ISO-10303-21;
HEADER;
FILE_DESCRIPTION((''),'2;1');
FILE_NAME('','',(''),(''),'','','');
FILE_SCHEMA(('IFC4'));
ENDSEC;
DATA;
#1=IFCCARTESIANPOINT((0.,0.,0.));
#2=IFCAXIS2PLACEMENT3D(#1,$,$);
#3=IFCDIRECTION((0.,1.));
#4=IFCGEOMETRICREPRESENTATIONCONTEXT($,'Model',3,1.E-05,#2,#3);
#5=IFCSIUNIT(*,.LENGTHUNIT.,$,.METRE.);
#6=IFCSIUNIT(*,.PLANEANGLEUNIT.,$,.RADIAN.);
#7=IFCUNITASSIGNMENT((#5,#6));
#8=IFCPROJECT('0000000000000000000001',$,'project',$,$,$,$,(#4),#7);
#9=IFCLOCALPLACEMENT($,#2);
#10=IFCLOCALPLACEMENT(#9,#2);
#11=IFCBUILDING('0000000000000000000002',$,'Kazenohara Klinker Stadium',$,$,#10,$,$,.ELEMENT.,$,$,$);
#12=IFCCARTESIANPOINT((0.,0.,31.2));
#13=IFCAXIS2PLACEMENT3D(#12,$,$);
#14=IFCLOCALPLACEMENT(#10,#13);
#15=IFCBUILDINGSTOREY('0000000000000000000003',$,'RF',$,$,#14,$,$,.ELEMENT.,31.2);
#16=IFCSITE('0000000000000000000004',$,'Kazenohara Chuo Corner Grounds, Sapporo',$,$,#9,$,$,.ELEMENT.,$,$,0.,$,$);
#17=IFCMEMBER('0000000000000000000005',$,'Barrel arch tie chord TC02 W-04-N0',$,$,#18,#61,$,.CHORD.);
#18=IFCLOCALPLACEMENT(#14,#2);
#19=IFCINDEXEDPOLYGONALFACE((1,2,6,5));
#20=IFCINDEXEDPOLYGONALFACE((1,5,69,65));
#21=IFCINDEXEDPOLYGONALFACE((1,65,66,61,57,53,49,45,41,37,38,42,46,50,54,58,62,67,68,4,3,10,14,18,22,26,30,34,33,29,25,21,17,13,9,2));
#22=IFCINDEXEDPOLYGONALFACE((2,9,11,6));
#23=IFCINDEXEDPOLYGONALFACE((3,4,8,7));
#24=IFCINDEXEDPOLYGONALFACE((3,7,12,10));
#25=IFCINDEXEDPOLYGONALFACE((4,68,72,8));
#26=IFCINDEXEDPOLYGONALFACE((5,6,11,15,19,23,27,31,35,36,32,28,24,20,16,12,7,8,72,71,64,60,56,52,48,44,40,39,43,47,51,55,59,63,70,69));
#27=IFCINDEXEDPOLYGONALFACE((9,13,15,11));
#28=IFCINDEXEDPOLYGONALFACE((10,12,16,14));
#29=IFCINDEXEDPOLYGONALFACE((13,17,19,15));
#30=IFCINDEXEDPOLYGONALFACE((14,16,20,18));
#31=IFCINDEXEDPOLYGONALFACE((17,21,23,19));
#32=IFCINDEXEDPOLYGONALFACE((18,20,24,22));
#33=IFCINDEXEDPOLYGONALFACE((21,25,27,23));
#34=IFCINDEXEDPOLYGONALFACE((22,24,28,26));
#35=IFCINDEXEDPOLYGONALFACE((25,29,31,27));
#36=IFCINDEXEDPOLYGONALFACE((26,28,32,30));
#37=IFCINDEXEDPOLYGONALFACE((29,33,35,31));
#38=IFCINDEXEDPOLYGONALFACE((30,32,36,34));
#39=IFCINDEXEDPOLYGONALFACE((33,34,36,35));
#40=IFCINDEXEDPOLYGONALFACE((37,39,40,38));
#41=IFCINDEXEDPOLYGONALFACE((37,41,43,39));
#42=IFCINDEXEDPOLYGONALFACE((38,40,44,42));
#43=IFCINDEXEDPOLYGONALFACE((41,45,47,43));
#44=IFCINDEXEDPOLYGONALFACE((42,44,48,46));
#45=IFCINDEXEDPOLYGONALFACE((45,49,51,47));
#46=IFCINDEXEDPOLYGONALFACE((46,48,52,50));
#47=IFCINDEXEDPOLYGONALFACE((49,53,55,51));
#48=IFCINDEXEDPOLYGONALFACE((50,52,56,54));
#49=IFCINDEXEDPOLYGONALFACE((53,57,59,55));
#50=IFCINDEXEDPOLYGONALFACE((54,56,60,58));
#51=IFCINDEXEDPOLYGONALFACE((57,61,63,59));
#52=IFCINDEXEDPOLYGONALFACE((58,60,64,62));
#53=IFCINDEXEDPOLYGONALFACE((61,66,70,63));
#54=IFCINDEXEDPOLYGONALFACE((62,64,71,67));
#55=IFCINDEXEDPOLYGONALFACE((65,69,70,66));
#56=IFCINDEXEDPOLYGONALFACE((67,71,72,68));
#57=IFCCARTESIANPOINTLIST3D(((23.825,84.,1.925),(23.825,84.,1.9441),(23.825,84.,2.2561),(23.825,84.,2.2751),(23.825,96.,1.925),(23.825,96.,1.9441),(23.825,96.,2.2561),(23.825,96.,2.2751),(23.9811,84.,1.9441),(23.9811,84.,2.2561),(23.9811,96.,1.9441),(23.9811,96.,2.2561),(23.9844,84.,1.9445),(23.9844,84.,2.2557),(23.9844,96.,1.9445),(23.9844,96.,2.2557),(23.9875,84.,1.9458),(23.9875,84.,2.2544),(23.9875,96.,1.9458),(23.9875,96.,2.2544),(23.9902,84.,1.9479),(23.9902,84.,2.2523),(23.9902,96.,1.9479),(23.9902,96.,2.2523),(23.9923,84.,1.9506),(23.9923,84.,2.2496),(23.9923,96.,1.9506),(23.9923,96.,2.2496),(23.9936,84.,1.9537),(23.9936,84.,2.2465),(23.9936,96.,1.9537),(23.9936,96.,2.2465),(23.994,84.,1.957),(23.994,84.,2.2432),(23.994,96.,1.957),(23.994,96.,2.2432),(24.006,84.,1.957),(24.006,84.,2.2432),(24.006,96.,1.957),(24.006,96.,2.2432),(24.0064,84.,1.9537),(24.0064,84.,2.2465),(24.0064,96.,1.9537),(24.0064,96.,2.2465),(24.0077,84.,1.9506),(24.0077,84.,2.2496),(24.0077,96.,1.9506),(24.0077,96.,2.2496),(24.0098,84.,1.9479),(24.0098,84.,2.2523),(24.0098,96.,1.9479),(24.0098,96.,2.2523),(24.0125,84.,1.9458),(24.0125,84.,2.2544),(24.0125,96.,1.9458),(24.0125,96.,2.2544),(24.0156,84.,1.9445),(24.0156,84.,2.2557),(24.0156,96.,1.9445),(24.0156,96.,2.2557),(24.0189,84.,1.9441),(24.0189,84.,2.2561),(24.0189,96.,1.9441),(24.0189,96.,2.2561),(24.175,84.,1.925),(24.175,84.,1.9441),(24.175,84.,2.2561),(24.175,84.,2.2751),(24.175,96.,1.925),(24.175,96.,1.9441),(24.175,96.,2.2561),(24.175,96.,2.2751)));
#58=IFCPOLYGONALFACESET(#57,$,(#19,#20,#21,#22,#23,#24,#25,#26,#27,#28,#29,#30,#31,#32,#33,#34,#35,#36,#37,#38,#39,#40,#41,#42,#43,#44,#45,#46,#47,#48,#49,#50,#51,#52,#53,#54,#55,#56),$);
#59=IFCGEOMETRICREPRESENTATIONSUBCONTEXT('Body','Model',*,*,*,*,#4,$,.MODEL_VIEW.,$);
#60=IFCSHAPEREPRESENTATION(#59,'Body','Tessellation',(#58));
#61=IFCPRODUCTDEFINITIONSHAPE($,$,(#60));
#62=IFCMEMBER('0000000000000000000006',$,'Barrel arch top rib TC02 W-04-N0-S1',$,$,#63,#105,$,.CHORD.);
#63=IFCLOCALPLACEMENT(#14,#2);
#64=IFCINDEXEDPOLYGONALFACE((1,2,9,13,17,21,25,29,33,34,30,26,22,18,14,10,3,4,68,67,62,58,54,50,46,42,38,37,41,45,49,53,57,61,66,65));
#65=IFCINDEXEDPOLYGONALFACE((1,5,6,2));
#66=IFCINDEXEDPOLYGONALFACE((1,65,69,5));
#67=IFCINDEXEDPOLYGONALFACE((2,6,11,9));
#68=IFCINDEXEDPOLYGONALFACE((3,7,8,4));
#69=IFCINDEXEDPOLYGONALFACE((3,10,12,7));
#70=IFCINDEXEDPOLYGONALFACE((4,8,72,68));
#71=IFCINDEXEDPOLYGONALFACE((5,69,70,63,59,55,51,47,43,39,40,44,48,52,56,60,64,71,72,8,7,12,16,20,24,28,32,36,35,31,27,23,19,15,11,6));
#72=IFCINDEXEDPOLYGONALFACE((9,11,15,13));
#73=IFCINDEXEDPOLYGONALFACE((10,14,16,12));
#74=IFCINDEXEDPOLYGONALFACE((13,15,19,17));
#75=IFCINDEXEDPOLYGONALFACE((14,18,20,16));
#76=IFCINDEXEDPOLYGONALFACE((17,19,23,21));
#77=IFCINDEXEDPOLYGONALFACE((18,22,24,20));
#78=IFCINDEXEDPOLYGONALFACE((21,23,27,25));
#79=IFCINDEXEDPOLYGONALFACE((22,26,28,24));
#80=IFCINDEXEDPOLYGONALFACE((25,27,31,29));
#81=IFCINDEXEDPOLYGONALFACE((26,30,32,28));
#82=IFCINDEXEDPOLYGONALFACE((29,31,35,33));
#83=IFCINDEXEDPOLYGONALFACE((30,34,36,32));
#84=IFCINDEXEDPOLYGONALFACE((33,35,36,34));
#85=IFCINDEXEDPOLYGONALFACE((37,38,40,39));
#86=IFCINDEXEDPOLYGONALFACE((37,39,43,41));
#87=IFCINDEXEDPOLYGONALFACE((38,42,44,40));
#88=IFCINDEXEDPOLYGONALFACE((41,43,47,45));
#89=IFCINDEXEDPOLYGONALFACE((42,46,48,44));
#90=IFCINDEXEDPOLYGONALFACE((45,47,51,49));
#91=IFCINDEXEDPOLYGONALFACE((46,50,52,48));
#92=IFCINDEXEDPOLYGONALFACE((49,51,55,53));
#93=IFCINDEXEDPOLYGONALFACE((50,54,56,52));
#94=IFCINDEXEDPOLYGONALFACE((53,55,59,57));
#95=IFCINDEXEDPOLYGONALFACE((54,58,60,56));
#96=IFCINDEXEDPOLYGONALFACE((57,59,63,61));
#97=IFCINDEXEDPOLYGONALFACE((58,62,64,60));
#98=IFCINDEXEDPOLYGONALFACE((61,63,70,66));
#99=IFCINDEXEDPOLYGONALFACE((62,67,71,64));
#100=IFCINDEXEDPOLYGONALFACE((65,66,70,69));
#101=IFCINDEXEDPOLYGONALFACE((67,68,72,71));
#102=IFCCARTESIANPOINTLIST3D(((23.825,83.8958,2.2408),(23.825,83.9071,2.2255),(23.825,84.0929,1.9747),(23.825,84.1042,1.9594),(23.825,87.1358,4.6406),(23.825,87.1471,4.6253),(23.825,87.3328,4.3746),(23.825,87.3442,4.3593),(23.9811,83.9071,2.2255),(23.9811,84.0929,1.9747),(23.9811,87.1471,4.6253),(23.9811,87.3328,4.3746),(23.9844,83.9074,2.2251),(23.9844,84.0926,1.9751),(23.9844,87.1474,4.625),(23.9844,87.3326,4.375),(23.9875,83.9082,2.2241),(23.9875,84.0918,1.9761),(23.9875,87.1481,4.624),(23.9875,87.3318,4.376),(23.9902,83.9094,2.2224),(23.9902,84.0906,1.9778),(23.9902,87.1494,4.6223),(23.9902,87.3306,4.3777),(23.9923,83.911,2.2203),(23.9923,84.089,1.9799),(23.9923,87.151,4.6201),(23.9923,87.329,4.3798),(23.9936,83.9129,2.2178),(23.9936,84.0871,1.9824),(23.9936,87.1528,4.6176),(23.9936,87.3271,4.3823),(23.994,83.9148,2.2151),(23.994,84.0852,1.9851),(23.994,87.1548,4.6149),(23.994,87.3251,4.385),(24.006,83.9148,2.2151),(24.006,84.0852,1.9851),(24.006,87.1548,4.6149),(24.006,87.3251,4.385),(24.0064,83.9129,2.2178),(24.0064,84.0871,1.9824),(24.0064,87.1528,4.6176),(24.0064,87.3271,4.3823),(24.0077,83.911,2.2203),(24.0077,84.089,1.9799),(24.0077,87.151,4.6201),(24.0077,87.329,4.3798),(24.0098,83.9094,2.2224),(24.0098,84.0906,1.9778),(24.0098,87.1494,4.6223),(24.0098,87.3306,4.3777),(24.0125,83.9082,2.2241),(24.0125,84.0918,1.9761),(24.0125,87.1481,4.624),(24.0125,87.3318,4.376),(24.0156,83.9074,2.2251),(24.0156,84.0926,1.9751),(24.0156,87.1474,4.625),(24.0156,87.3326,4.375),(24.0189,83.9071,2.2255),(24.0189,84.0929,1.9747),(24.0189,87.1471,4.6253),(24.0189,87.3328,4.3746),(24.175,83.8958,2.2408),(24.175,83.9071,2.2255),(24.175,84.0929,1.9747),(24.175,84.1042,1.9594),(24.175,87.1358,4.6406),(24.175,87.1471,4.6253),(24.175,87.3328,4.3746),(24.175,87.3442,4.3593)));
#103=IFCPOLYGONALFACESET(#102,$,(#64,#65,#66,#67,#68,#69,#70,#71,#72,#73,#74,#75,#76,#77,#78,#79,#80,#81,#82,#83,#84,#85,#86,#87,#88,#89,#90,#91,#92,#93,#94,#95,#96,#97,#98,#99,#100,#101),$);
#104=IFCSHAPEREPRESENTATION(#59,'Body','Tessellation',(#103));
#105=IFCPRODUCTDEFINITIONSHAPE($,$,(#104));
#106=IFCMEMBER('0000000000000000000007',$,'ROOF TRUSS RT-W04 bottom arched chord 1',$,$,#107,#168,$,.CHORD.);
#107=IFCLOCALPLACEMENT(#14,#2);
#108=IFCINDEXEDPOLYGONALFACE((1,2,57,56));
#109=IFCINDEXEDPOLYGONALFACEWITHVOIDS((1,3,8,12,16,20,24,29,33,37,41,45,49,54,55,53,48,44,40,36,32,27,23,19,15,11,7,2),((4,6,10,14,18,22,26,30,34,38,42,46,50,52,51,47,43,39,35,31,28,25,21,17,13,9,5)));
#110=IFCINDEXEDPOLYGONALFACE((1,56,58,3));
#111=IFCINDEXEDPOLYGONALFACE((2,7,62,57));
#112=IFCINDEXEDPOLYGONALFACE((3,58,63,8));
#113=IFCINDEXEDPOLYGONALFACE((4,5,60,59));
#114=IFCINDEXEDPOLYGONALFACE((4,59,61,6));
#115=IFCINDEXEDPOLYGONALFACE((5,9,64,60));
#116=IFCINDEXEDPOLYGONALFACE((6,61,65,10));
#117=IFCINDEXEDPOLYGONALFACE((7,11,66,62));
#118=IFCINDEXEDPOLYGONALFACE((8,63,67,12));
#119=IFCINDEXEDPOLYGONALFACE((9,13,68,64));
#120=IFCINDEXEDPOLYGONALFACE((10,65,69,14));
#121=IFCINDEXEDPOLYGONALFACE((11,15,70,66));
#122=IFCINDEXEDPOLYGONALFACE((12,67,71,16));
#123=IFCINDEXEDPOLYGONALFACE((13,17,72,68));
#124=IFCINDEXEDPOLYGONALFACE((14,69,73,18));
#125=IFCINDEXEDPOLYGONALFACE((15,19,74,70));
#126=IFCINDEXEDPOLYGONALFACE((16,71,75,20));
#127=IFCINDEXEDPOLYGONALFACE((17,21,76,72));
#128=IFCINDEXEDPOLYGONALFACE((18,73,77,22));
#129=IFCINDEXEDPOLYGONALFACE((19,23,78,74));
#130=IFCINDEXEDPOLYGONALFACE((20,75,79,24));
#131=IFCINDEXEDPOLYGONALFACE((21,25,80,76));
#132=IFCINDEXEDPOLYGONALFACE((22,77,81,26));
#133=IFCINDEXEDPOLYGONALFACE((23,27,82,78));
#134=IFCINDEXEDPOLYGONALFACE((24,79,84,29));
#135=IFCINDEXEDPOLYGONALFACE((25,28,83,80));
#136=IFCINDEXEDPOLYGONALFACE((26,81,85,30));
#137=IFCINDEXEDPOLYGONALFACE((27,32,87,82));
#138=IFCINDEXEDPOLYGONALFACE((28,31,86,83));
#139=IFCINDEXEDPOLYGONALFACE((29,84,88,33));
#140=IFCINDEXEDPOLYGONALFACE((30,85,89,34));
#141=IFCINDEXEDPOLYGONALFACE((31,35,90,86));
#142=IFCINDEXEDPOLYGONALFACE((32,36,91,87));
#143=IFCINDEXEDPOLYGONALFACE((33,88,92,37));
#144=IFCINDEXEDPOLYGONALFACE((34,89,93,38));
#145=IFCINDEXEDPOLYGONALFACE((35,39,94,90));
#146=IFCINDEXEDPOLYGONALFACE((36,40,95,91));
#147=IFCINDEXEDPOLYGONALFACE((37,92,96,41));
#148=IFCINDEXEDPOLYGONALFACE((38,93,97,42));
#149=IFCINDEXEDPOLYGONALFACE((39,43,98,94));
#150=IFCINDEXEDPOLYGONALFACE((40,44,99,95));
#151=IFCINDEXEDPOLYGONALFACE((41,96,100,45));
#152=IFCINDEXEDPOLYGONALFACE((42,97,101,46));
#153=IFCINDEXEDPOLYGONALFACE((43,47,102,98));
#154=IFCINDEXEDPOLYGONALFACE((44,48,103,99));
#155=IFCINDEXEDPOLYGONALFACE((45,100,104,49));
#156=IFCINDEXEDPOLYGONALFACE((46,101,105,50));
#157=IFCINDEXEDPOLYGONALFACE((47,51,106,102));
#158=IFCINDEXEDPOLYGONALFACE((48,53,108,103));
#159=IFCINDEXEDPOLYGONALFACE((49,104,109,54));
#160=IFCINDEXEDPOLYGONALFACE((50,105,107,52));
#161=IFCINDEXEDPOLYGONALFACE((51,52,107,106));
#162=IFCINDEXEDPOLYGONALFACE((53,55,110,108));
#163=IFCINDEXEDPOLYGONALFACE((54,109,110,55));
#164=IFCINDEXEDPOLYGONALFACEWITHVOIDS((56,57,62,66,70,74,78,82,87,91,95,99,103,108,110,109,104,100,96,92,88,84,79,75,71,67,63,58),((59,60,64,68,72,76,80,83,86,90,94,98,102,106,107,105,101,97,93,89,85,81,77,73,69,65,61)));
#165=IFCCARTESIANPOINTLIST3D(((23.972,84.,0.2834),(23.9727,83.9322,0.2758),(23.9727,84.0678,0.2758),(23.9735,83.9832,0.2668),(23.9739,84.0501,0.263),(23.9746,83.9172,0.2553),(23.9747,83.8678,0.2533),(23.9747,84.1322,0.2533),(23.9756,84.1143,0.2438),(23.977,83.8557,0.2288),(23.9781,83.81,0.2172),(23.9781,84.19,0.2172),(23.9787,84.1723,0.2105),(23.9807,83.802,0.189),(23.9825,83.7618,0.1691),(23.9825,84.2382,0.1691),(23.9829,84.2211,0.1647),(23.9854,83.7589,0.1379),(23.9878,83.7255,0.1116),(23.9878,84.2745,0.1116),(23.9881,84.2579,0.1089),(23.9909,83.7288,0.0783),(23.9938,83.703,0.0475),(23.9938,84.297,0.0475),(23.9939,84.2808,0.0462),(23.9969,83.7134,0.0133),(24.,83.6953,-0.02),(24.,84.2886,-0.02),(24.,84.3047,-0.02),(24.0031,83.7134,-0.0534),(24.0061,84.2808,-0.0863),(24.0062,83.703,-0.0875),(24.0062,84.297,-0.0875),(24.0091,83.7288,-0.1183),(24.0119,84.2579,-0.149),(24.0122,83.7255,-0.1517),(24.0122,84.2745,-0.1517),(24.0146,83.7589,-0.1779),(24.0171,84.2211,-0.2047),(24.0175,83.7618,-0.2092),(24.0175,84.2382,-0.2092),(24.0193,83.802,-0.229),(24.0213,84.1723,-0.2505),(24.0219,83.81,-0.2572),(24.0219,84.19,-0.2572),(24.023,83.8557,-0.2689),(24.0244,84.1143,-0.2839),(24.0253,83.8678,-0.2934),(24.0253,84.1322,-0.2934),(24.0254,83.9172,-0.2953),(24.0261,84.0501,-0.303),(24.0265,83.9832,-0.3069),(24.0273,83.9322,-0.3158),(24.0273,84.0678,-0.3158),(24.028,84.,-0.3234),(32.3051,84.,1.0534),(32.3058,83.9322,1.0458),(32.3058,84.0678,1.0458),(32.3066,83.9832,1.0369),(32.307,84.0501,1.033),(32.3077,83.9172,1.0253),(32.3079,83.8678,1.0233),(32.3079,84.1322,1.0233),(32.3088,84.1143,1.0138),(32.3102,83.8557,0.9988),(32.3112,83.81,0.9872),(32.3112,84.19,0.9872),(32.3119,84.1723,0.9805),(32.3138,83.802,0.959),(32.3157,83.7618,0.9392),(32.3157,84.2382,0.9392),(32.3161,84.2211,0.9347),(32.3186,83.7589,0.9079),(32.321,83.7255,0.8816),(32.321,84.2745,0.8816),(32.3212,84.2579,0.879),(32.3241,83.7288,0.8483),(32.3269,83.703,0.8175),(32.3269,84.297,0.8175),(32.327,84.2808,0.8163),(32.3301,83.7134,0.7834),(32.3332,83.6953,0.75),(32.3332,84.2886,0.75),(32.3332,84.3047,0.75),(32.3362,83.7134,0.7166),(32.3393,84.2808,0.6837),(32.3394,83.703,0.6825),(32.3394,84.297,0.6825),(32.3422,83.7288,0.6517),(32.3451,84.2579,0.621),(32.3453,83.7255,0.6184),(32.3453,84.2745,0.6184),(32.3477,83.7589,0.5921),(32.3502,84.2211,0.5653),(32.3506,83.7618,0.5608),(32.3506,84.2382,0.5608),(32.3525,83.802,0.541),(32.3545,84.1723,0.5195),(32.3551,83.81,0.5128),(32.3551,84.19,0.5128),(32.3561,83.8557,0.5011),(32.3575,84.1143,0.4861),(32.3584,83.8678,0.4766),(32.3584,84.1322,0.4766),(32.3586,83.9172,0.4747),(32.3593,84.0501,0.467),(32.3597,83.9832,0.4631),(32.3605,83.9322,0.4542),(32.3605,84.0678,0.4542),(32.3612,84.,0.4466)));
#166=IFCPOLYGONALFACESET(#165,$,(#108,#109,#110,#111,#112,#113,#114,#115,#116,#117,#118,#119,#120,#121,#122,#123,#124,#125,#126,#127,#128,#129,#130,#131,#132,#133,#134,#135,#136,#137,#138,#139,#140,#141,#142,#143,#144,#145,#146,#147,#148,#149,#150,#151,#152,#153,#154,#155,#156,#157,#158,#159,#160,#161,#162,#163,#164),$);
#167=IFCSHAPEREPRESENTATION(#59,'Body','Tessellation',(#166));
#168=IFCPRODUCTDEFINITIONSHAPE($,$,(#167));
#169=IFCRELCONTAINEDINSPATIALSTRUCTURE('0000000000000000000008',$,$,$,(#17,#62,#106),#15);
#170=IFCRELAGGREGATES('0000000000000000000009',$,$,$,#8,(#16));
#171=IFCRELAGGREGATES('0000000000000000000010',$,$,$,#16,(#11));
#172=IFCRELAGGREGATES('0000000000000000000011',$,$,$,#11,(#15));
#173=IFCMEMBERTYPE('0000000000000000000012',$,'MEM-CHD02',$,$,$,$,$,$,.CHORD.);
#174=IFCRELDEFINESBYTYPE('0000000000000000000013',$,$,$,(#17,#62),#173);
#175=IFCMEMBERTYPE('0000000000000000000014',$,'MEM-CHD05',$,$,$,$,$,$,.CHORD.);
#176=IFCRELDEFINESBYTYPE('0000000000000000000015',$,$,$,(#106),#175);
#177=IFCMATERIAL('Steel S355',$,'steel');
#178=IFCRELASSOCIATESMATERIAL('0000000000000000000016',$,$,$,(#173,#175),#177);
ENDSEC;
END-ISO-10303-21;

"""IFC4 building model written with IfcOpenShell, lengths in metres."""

from ifc_helpers import new_model, si_unit, direction, frame, origin, origin_2d, place, context, subcontext, project, spatial, hollow_circle, i_section, extrude, material, material_profile, profile_set, type_object, element, save


model = new_model("IFC4")

# Units and contexts
model_context = context("Model", 3, precision=1e-05, world=origin(), true_north=direction((0.0, 1.0)))
body_context = subcontext(model_context, "Body", "Model", "MODEL_VIEW")
ifc_project = project(units=[si_unit("LENGTHUNIT", "METRE"), si_unit("PLANEANGLEUNIT", "RADIAN")], contexts=[model_context])

# Site, building, storey
site_placement = place(None, origin())
site = spatial("IfcSite", under=ifc_project, at=site_placement, Name="Kazenohara Chuo Corner Grounds, Sapporo", CompositionType="ELEMENT", RefElevation=0.0)
building_placement = place(site_placement, origin())
building = spatial("IfcBuilding", under=site, at=building_placement, Name="Kazenohara Klinker Stadium", CompositionType="ELEMENT")
storey_placement = place(building_placement, frame((0.0, 0.0, 31.2)))
storey = spatial("IfcBuildingStorey", under=building, at=storey_placement, Name="RF", CompositionType="ELEMENT", Elevation=31.2)

# Members
ifc_material_1 = material(Name="Steel S355", Category="steel")
ifc_material_profile_1 = material_profile(ifc_material_1, i_section(OverallWidth=0.3501, OverallDepth=0.3501, WebThickness=0.012, FlangeThickness=0.019, FilletRadius=0.0129, at=origin_2d()), Name="H-350x350x12x19")
ifc_profile_set_1 = profile_set([ifc_material_profile_1], Name="Steel S355")
member_type_1 = type_object("IfcMemberType", Name="MEM-CHD02", PredefinedType="CHORD", material=ifc_profile_set_1)
member_1_placement = place(storey_placement, frame((24.0, 84.0, 2.1001), z_axis=(0.0, 1.0, 0.0), x_axis=(-1.0, 0.0, 0.0)))
element("IfcMember", 1, at=member_1_placement, inside=storey, type_object=member_type_1, Name="Barrel arch tie chord TC02 W-04-N0", PredefinedType="CHORD", context=body_context, shape_type="SweptSolid", body=[
    extrude(i_section(OverallWidth=0.3501, OverallDepth=0.3501, WebThickness=0.012, FlangeThickness=0.019, FilletRadius=0.0129, at=origin_2d()), origin(), (0.0, 0.0, 1.0), 12.0),
])
member_2_placement = place(storey_placement, frame((24.0, 84.0, 2.1001), z_axis=(0.0, 0.803568, 0.595213), x_axis=(-1.0, 0.0, 0.0)))
element("IfcMember", 2, at=member_2_placement, inside=storey, type_object=member_type_1, Name="Barrel arch top rib TC02 W-04-N0-S1", PredefinedType="CHORD", context=body_context, shape_type="SweptSolid", body=[
    extrude(i_section(OverallWidth=0.3501, OverallDepth=0.3501, WebThickness=0.012, FlangeThickness=0.019, FilletRadius=0.0129, at=origin_2d()), origin(), (0.0, 0.0, 1.0), 4.032),
])
ifc_material_profile_2 = material_profile(ifc_material_1, hollow_circle(Radius=0.3047, WallThickness=0.0161, at=origin_2d()), Name="CHS-609.6x16")
ifc_profile_set_2 = profile_set([ifc_material_profile_2], Name="Steel S355")
member_type_2 = type_object("IfcMemberType", Name="MEM-CHD05", PredefinedType="CHORD", material=ifc_profile_set_2)
member_3_placement = place(storey_placement, frame((24.0, 84.0, -0.02), z_axis=(0.995758, 0.0, 0.092011), x_axis=(0.0, 1.0, 0.0)))
element("IfcMember", 3, at=member_3_placement, inside=storey, type_object=member_type_2, Name="ROOF TRUSS RT-W04 bottom arched chord 1", PredefinedType="CHORD", context=body_context, shape_type="SweptSolid", body=[
    extrude(hollow_circle(Radius=0.3047, WallThickness=0.0161, at=origin_2d()), origin(), (0.0, 0.0, 1.0), 8.3687),
])

save(model, "model.ifc")
